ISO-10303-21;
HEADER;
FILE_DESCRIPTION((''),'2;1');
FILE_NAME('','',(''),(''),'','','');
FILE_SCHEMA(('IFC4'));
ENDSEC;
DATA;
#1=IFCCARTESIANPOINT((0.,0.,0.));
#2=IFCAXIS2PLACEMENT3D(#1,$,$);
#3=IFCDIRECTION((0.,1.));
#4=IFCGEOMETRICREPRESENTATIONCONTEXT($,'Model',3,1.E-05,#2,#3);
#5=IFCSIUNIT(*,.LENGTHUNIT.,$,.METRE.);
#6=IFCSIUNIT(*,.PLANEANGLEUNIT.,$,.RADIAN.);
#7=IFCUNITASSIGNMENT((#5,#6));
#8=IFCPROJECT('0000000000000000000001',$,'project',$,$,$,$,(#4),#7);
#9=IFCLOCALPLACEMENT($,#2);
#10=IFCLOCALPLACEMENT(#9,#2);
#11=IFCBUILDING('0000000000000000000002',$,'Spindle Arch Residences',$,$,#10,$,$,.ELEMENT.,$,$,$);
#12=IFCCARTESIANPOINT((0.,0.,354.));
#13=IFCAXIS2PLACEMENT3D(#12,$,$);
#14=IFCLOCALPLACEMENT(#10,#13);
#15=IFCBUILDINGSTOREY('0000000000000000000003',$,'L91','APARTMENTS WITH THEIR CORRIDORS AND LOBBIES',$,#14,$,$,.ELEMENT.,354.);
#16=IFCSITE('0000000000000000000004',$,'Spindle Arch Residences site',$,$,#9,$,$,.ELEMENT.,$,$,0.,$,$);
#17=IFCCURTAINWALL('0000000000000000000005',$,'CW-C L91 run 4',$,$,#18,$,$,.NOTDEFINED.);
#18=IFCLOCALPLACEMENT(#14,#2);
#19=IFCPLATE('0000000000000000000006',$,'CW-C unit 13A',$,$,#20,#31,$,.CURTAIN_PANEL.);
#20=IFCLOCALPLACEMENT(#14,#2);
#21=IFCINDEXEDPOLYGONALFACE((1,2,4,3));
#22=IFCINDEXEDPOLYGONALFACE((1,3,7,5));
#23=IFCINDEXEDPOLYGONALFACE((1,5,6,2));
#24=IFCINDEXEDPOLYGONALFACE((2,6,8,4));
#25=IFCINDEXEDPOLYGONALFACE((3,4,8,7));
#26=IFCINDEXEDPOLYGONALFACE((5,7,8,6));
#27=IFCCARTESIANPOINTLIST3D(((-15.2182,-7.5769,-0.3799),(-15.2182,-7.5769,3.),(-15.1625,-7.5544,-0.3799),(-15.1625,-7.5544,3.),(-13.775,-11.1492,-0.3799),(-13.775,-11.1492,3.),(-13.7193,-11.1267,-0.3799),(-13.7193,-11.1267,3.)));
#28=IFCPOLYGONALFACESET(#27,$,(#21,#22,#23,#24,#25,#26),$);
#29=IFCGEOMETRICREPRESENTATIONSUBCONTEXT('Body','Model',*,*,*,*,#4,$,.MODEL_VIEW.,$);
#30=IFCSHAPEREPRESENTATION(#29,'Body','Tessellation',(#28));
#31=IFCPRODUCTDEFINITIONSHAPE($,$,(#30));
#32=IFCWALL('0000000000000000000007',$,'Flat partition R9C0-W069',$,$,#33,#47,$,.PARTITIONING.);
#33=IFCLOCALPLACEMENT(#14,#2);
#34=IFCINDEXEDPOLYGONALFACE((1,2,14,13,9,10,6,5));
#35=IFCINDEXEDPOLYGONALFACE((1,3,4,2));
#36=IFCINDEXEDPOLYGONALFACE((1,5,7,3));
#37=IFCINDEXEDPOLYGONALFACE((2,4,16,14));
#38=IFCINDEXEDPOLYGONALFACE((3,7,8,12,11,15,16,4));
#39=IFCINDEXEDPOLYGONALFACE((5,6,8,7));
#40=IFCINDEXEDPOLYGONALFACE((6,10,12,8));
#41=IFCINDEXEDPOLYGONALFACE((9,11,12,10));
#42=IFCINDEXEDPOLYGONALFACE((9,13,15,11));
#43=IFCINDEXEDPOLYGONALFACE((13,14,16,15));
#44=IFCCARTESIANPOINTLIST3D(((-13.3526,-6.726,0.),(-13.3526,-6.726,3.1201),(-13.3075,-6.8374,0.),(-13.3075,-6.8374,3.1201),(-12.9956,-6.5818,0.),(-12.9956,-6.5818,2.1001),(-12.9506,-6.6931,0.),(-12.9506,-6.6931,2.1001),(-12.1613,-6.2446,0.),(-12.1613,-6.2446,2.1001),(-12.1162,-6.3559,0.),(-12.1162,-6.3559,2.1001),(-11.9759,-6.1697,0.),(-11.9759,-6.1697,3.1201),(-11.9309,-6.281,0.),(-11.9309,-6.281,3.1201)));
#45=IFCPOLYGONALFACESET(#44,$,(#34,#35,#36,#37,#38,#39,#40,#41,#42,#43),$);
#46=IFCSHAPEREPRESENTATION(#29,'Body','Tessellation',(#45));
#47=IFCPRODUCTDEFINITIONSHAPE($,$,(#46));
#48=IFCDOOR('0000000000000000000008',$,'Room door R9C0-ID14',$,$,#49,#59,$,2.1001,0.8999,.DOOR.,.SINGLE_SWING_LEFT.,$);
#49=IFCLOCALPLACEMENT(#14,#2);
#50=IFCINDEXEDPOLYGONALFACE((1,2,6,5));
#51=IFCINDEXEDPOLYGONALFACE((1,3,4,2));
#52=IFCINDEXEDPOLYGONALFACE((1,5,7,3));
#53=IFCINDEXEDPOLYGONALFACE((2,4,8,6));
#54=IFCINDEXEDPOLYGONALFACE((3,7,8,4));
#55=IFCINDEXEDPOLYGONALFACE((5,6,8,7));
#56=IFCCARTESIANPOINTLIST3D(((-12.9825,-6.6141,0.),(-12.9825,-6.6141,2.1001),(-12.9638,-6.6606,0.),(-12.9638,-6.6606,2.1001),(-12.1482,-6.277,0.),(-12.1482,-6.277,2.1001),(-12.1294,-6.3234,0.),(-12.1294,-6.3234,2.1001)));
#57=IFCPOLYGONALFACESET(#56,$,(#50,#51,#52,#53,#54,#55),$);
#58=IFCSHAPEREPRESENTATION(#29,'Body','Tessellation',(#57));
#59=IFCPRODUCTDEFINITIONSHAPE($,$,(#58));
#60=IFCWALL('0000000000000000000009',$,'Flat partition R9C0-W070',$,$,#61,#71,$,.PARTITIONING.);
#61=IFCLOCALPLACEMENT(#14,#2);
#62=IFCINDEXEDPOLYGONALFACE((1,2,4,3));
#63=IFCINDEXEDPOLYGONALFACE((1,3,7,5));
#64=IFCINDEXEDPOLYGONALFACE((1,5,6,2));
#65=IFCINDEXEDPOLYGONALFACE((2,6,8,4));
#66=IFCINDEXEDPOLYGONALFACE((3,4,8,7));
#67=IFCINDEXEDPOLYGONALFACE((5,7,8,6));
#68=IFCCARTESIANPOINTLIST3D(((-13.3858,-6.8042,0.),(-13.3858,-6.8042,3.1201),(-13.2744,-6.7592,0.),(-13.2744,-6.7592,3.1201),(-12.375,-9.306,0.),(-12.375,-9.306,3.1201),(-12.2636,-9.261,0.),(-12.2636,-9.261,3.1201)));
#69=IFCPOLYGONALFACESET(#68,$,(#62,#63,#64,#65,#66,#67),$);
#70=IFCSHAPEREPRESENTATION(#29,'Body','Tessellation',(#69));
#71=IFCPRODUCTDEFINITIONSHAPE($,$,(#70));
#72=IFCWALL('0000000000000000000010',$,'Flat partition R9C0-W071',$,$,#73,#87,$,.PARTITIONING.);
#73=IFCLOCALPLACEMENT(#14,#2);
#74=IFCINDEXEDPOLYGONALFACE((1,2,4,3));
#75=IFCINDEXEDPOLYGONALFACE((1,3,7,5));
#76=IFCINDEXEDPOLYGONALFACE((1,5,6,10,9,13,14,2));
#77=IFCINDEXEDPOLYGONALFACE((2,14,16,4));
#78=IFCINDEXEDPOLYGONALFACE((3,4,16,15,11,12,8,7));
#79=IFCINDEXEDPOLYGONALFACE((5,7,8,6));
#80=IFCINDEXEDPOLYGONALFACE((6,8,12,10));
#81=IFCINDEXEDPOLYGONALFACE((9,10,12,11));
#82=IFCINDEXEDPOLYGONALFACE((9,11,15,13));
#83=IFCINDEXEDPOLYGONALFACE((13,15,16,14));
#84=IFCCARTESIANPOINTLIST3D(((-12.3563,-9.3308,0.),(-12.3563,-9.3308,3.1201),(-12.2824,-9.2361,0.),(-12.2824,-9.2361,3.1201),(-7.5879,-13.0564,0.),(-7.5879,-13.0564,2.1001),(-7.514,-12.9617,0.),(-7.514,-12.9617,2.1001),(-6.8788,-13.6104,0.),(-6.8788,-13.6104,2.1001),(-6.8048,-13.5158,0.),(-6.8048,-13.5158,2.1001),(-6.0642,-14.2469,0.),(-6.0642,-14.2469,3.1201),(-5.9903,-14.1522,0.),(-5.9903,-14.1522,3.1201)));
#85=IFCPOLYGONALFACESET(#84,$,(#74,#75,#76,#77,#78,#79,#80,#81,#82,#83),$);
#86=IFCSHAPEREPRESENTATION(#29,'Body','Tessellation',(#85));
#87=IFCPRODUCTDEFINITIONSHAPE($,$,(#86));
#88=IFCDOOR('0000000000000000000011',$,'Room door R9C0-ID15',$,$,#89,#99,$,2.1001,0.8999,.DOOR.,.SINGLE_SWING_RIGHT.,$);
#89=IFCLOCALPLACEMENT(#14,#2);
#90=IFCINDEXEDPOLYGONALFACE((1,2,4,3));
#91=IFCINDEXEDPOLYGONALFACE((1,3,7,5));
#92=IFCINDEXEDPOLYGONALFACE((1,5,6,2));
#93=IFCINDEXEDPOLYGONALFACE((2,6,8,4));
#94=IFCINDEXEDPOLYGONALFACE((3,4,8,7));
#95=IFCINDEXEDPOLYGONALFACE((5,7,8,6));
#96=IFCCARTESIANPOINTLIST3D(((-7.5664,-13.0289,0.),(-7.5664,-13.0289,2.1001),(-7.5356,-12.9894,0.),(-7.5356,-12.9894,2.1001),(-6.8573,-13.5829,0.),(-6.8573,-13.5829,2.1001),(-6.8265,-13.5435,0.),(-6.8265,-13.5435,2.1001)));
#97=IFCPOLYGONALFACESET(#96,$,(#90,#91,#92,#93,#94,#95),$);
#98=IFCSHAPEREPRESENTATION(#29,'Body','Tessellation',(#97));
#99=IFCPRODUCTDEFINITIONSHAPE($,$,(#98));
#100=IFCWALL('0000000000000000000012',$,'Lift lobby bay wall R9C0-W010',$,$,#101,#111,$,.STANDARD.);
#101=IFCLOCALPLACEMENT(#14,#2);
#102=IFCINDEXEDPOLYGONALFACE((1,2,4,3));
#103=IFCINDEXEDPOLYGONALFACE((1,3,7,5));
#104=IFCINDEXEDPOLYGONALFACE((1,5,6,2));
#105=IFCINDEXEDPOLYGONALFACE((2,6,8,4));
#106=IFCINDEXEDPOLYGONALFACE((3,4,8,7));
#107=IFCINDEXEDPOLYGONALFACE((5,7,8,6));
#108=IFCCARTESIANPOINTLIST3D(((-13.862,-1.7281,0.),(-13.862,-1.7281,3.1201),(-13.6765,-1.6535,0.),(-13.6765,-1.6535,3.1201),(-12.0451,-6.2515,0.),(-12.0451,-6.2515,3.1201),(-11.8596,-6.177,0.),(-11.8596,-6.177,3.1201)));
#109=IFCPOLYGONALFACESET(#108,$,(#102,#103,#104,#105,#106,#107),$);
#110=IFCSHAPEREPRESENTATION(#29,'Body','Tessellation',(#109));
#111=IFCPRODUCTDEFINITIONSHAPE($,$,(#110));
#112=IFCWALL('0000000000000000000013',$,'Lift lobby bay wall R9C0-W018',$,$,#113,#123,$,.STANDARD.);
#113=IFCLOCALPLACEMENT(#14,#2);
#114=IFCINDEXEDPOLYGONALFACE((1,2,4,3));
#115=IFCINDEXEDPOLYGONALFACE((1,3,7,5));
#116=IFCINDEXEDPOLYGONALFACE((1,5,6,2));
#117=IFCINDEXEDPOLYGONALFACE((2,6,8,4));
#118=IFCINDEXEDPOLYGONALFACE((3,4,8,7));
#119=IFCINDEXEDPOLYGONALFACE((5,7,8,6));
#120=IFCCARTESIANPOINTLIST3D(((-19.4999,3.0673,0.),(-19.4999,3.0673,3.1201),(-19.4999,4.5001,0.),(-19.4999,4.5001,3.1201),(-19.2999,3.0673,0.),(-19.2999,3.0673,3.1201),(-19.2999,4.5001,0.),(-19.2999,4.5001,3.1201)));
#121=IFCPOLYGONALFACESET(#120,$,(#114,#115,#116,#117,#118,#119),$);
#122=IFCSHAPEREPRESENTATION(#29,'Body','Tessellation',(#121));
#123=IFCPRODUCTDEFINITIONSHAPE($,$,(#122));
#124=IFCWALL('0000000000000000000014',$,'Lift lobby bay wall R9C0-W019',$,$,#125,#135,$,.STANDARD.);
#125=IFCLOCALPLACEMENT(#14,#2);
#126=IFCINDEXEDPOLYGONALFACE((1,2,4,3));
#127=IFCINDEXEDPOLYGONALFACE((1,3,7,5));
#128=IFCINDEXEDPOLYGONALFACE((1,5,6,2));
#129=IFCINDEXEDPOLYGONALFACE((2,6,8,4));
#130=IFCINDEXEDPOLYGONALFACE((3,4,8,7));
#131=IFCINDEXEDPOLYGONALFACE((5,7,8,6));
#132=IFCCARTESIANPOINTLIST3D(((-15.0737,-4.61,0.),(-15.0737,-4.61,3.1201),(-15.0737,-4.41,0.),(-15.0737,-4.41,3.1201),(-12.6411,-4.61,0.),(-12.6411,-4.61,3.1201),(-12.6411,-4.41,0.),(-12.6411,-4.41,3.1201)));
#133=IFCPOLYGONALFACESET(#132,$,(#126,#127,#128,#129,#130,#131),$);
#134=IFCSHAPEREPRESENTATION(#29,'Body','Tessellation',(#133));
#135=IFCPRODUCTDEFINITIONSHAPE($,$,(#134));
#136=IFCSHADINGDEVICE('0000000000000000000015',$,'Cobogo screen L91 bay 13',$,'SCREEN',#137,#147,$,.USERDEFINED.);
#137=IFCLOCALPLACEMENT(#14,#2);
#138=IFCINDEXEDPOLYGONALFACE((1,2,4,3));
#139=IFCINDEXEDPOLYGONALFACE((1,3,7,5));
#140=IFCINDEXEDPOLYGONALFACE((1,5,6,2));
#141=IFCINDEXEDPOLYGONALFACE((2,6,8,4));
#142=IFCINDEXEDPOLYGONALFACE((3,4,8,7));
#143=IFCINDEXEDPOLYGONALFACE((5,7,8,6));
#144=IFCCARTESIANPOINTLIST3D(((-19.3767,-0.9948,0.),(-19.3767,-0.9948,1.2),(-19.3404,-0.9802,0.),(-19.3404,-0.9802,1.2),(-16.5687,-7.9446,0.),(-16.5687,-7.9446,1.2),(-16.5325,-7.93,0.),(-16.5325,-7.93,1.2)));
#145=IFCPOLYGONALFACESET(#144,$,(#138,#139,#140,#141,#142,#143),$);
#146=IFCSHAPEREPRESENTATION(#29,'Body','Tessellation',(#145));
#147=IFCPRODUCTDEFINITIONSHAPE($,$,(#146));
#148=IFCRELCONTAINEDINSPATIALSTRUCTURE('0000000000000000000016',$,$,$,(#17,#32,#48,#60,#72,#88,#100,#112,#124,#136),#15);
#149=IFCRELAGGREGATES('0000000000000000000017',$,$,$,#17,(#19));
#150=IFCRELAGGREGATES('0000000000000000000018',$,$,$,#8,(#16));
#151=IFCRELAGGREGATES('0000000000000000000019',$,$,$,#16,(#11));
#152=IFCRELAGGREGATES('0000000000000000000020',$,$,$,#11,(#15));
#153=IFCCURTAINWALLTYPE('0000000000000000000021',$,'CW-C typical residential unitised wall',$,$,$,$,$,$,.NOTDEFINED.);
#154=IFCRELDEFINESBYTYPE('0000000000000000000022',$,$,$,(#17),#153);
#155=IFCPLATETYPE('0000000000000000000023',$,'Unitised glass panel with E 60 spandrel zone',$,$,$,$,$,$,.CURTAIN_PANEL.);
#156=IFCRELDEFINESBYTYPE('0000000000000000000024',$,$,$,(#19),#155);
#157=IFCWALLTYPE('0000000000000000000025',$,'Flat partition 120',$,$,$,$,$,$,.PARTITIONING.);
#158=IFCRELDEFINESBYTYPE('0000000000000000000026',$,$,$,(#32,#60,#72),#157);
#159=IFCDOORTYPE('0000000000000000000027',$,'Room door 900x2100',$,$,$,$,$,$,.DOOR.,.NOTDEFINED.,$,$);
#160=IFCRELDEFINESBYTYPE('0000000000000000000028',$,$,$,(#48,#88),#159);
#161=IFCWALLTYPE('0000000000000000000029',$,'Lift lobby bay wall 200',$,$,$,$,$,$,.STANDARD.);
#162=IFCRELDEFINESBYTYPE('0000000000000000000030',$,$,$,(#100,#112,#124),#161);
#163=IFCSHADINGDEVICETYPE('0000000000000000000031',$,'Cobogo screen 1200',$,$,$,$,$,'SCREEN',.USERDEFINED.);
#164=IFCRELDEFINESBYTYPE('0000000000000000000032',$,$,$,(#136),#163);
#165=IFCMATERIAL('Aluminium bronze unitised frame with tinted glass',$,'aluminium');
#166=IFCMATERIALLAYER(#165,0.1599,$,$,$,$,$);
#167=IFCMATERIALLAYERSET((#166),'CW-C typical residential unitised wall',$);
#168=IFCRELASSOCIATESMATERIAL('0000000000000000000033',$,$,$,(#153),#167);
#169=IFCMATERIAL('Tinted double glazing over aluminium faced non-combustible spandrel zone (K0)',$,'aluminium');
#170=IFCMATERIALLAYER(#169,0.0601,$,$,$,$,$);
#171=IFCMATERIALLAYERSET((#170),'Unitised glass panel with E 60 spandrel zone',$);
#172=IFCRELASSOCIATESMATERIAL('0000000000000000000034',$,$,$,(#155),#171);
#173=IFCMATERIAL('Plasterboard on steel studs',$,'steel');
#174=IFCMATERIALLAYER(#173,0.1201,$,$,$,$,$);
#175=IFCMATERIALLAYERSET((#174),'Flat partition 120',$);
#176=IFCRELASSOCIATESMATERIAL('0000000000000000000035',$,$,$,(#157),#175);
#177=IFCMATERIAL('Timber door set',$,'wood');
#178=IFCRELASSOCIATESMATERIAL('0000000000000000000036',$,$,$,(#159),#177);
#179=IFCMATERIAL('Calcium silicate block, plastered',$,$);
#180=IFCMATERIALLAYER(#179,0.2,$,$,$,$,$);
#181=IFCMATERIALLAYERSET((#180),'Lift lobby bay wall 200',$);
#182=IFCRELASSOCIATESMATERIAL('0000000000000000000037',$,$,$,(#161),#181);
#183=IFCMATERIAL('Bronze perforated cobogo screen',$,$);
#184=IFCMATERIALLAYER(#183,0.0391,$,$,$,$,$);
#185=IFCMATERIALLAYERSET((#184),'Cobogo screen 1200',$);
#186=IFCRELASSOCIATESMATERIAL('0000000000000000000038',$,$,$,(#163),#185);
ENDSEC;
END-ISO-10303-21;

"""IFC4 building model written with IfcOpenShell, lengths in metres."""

from ifc_helpers import new_model, si_unit, direction, frame, frame_2d, origin, origin_2d, place, context, subcontext, project, spatial, rectangle, extrude, material, layer, layer_set, type_object, element, fill, aggregate, save


model = new_model("IFC4")

# Units and contexts
model_context = context("Model", 3, precision=1e-05, world=origin(), true_north=direction((0.0, 1.0)))
body_context = subcontext(model_context, "Body", "Model", "MODEL_VIEW")
ifc_project = project(units=[si_unit("LENGTHUNIT", "METRE"), si_unit("PLANEANGLEUNIT", "RADIAN")], contexts=[model_context])

# Site, building, storey
site_placement = place(None, origin())
site = spatial("IfcSite", under=ifc_project, at=site_placement, Name="Spindle Arch Residences site", CompositionType="ELEMENT", RefElevation=0.0)
building_placement = place(site_placement, origin())
building = spatial("IfcBuilding", under=site, at=building_placement, Name="Spindle Arch Residences", CompositionType="ELEMENT")
storey_placement = place(building_placement, frame((0.0, 0.0, 354.0)))
storey = spatial("IfcBuildingStorey", under=building, at=storey_placement, Name="L91", Description="APARTMENTS WITH THEIR CORRIDORS AND LOBBIES", CompositionType="ELEMENT", Elevation=354.0)

# Curtain wall
ifc_material_1 = material(Name="Aluminium bronze unitised frame with tinted glass", Category="aluminium")
ifc_layer_1 = layer(ifc_material_1, 0.1599)
ifc_layer_set_1 = layer_set([ifc_layer_1], Name="CW-C typical residential unitised wall")
curtain_wall_type = type_object("IfcCurtainWallType", Name="CW-C typical residential unitised wall", PredefinedType="NOTDEFINED", material=ifc_layer_set_1)
curtain_wall_placement = place(storey_placement, origin())
curtain_wall = element("IfcCurtainWall", 1, at=curtain_wall_placement, inside=storey, type_object=curtain_wall_type, Name="CW-C L91 run 4", PredefinedType="NOTDEFINED")

# Plate
ifc_material_2 = material(Name="Tinted double glazing over aluminium faced non-combustible spandrel zone (K0)", Category="aluminium")
ifc_layer_2 = layer(ifc_material_2, 0.0601)
ifc_layer_set_2 = layer_set([ifc_layer_2], Name="Unitised glass panel with E 60 spandrel zone")
plate_type = type_object("IfcPlateType", Name="Unitised glass panel with E 60 spandrel zone", PredefinedType="CURTAIN_PANEL", material=ifc_layer_set_2)
plate_1_placement = place(storey_placement, frame((-14.4688, -9.3518, -0.3799), z_axis=(0.0, 0.0, 1.0), x_axis=(0.374607, -0.927184, 0.0)))
plate_1 = element("IfcPlate", 2, at=plate_1_placement, type_object=plate_type, Name="CW-C unit 13A", PredefinedType="CURTAIN_PANEL", context=body_context, shape_type="SweptSolid", body=[
    extrude(rectangle(XDim=3.8528, YDim=0.0601, at=origin_2d()), origin(), (0.0, 0.0, 1.0), 3.3799),
])
aggregate(curtain_wall, [plate_1])

# Wall, opening, door
ifc_material_3 = material(Name="Plasterboard on steel studs", Category="steel")
ifc_layer_3 = layer(ifc_material_3, 0.1201)
ifc_layer_set_3 = layer_set([ifc_layer_3], Name="Flat partition 120")
wall_type_1 = type_object("IfcWallType", Name="Flat partition 120", PredefinedType="PARTITIONING", material=ifc_layer_set_3)
wall_1_placement = place(storey_placement, frame((-11.9534, -6.2253, 0.0), z_axis=(0.0, 0.0, 1.0), x_axis=(-0.927144, -0.374705, 0.0)))
wall_1 = element("IfcWall", 3, at=wall_1_placement, inside=storey, type_object=wall_type_1, Name="Flat partition R9C0-W069", PredefinedType="PARTITIONING", context=body_context, shape_type="SweptSolid", body=[
    extrude(rectangle(XDim=1.4849, YDim=0.1201, at=frame_2d((0.7424, 0.0))), origin(), (0.0, 0.0, 1.0), 3.1201),
])
opening_1_placement = place(wall_1_placement, frame((0.2, 0.0, 0.0)))
opening_1 = element("IfcOpeningElement", 4, at=opening_1_placement, cuts=wall_1, PredefinedType="OPENING", context=body_context, shape_type="SweptSolid", body=[
    extrude(rectangle(XDim=0.8999, YDim=2.1001, at=frame_2d((0.45, 1.05))), frame((0.0, 0.0701, 0.0), z_axis=(0.0, -1.0, 0.0), x_axis=(1.0, 0.0, 0.0)), (0.0, 0.0, 1.0), 0.1401),
])
ifc_material_4 = material(Name="Timber door set", Category="wood")
door_type_1 = type_object("IfcDoorType", Name="Room door 900x2100", OperationType="NOTDEFINED", PredefinedType="DOOR", material=ifc_material_4)
door_1_placement = place(opening_1_placement, origin())
door_1 = element("IfcDoor", 5, at=door_1_placement, inside=storey, type_object=door_type_1, Name="Room door R9C0-ID14", OperationType="SINGLE_SWING_LEFT", OverallHeight=2.1001, OverallWidth=0.8999, PredefinedType="DOOR", context=body_context, shape_type="SweptSolid", body=[
    extrude(rectangle(XDim=0.8999, YDim=2.1001, at=frame_2d((0.45, 1.05))), frame((0.0, 0.0249, 0.0), z_axis=(0.0, -1.0, 0.0), x_axis=(1.0, 0.0, 0.0)), (0.0, 0.0, 1.0), 0.05),
])
fill(opening_1, door_1)

# Wall
wall_2_placement = place(storey_placement, frame((-13.3301, -6.7817, 0.0), z_axis=(0.0, 0.0, 1.0), x_axis=(0.374602, -0.927186, 0.0)))
element("IfcWall", 6, at=wall_2_placement, inside=storey, type_object=wall_type_1, Name="Flat partition R9C0-W070", PredefinedType="PARTITIONING", context=body_context, shape_type="SweptSolid", body=[
    extrude(rectangle(XDim=2.6982, YDim=0.1201, at=frame_2d((1.3491, 0.0))), origin(), (0.0, 0.0, 1.0), 3.1201),
])

# Wall, opening, door
wall_3_placement = place(storey_placement, frame((-12.3193, -9.2834, 0.0), z_axis=(0.0, 0.0, 1.0), x_axis=(0.788, -0.615675, 0.0)))
wall_3 = element("IfcWall", 7, at=wall_3_placement, inside=storey, type_object=wall_type_1, Name="Flat partition R9C0-W071", PredefinedType="PARTITIONING", context=body_context, shape_type="SweptSolid", body=[
    extrude(rectangle(XDim=7.9849, YDim=0.1201, at=frame_2d((3.9924, 0.0))), origin(), (0.0, 0.0, 1.0), 3.1201),
])
opening_2_placement = place(wall_3_placement, frame((6.0513, 0.0, 0.0)))
opening_2 = element("IfcOpeningElement", 8, at=opening_2_placement, cuts=wall_3, PredefinedType="OPENING", context=body_context, shape_type="SweptSolid", body=[
    extrude(rectangle(XDim=0.8999, YDim=2.1001, at=frame_2d((0.45, 1.05))), frame((0.0, 0.0701, 0.0), z_axis=(0.0, -1.0, 0.0), x_axis=(1.0, 0.0, 0.0)), (0.0, 0.0, 1.0), 0.1401),
])
door_2_placement = place(opening_2_placement, origin())
door_2 = element("IfcDoor", 9, at=door_2_placement, inside=storey, type_object=door_type_1, Name="Room door R9C0-ID15", OperationType="SINGLE_SWING_RIGHT", OverallHeight=2.1001, OverallWidth=0.8999, PredefinedType="DOOR", context=body_context, shape_type="SweptSolid", body=[
    extrude(rectangle(XDim=0.8999, YDim=2.1001, at=frame_2d((0.45, 1.05))), frame((0.0, 0.0249, 0.0), z_axis=(0.0, -1.0, 0.0), x_axis=(1.0, 0.0, 0.0)), (0.0, 0.0, 1.0), 0.05),
])
fill(opening_2, door_2)

# Walls
ifc_material_5 = material(Name="Calcium silicate block, plastered")
ifc_layer_4 = layer(ifc_material_5, 0.2)
ifc_layer_set_4 = layer_set([ifc_layer_4], Name="Lift lobby bay wall 200")
wall_type_2 = type_object("IfcWallType", Name="Lift lobby bay wall 200", PredefinedType="STANDARD", material=ifc_layer_set_4)
wall_4_placement = place(storey_placement, frame((-13.7693, -1.6907, 0.0), z_axis=(0.0, 0.0, 1.0), x_axis=(0.37272, -0.927944, 0.0)))
element("IfcWall", 10, at=wall_4_placement, inside=storey, type_object=wall_type_2, Name="Lift lobby bay wall R9C0-W010", PredefinedType="STANDARD", context=body_context, shape_type="SweptSolid", body=[
    extrude(rectangle(XDim=4.8748, YDim=0.2, at=frame_2d((2.4375, 0.0))), origin(), (0.0, 0.0, 1.0), 3.1201),
])
wall_5_placement = place(storey_placement, frame((-19.3999, 4.5, 0.0), z_axis=(0.0, 0.0, 1.0), x_axis=(0.0, -1.0, 0.0)))
element("IfcWall", 11, at=wall_5_placement, inside=storey, type_object=wall_type_2, Name="Lift lobby bay wall R9C0-W018", PredefinedType="STANDARD", context=body_context, shape_type="SweptSolid", body=[
    extrude(rectangle(XDim=1.4329, YDim=0.2, at=frame_2d((0.7163, 0.0))), origin(), (0.0, 0.0, 1.0), 3.1201),
])
wall_6_placement = place(storey_placement, frame((-15.0737, -4.51, 0.0), z_axis=(0.0, 0.0, 1.0), x_axis=(1.0, 0.0, 0.0)))
element("IfcWall", 12, at=wall_6_placement, inside=storey, type_object=wall_type_2, Name="Lift lobby bay wall R9C0-W019", PredefinedType="STANDARD", context=body_context, shape_type="SweptSolid", body=[
    extrude(rectangle(XDim=2.4326, YDim=0.2, at=frame_2d((1.2163, 0.0))), origin(), (0.0, 0.0, 1.0), 3.1201),
])

# Shading device
ifc_material_6 = material(Name="Bronze perforated cobogo screen")
ifc_layer_5 = layer(ifc_material_6, 0.0391)
ifc_layer_set_5 = layer_set([ifc_layer_5], Name="Cobogo screen 1200")
shading_device_type = type_object("IfcShadingDeviceType", Name="Cobogo screen 1200", ElementType="SCREEN", PredefinedType="USERDEFINED", material=ifc_layer_set_5)
shading_device_placement = place(storey_placement, frame((-17.9546, -4.4624, 0.0), z_axis=(0.0, 0.0, 1.0), x_axis=(0.374607, -0.927184, 0.0)))
element("IfcShadingDevice", 13, at=shading_device_placement, inside=storey, type_object=shading_device_type, Name="Cobogo screen L91 bay 13", ObjectType="SCREEN", PredefinedType="USERDEFINED", context=body_context, shape_type="SweptSolid", body=[
    extrude(rectangle(XDim=7.4956, YDim=0.0391, at=origin_2d()), origin(), (0.0, 0.0, 1.0), 1.2),
])

save(model, "model.ifc")
